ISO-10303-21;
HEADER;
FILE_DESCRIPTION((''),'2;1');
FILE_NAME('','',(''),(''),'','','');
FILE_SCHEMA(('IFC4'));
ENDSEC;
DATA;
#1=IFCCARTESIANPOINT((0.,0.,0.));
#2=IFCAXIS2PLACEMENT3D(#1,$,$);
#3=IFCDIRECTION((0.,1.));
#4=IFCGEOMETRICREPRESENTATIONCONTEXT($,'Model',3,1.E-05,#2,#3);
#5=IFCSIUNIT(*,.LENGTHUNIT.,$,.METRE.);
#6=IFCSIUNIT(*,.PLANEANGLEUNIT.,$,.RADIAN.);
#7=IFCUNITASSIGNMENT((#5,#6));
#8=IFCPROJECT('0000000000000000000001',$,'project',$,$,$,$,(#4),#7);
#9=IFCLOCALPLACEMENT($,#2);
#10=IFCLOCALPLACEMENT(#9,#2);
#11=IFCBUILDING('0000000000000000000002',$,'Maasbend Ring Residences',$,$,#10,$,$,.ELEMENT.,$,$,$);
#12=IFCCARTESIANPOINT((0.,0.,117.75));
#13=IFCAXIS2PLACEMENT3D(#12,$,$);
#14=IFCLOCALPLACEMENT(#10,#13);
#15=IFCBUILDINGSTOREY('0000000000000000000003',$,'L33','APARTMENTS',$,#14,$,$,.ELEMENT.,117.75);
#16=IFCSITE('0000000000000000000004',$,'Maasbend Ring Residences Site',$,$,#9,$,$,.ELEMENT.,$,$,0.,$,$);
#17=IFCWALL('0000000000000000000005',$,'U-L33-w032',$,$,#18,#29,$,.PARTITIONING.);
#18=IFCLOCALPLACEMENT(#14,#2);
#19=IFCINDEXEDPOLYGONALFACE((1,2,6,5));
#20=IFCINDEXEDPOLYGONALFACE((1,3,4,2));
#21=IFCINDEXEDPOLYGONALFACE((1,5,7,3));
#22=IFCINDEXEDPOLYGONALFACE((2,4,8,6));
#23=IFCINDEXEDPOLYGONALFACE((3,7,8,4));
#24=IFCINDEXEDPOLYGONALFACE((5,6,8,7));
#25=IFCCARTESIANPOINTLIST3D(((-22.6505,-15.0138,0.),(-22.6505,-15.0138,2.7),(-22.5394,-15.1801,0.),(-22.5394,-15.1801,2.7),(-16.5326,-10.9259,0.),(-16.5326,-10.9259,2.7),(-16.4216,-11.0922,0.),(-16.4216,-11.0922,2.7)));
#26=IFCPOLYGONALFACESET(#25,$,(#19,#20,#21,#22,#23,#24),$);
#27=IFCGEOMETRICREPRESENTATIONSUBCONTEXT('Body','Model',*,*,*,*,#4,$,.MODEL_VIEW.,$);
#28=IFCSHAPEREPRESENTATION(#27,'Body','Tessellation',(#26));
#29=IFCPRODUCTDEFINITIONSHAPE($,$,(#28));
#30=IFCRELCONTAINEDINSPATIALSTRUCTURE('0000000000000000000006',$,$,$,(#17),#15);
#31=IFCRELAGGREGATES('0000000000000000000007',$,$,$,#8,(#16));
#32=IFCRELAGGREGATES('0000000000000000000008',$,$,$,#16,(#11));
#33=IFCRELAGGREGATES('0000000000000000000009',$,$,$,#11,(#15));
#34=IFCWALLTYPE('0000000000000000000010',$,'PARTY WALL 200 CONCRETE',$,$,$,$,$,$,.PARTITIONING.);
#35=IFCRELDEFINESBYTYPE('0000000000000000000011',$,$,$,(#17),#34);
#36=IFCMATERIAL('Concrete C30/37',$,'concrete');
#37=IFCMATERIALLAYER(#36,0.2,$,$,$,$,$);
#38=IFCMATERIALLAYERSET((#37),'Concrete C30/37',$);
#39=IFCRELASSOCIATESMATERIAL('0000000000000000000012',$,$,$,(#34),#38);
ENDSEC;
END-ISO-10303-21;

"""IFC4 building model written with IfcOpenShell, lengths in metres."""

from ifc_helpers import new_model, si_unit, direction, frame, frame_2d, origin, place, context, subcontext, project, spatial, rectangle, extrude, material, layer, layer_set, type_object, element, save


model = new_model("IFC4")

# Units and contexts
model_context = context("Model", 3, precision=1e-05, world=origin(), true_north=direction((0.0, 1.0)))
body_context = subcontext(model_context, "Body", "Model", "MODEL_VIEW")
ifc_project = project(units=[si_unit("LENGTHUNIT", "METRE"), si_unit("PLANEANGLEUNIT", "RADIAN")], contexts=[model_context])

# Site, building, storey
site_placement = place(None, origin())
site = spatial("IfcSite", under=ifc_project, at=site_placement, Name="Maasbend Ring Residences Site", CompositionType="ELEMENT", RefElevation=0.0)
building_placement = place(site_placement, origin())
building = spatial("IfcBuilding", under=site, at=building_placement, Name="Maasbend Ring Residences", CompositionType="ELEMENT")
storey_placement = place(building_placement, frame((0.0, 0.0, 117.75)))
storey = spatial("IfcBuildingStorey", under=building, at=storey_placement, Name="L33", Description="APARTMENTS", CompositionType="ELEMENT", Elevation=117.75)

# Wall
ifc_material_1 = material(Name="Concrete C30/37", Category="concrete")
ifc_layer_1 = layer(ifc_material_1, 0.2)
ifc_layer_set_1 = layer_set([ifc_layer_1], Name="Concrete C30/37")
wall_type_1 = type_object("IfcWallType", Name="PARTY WALL 200 CONCRETE", PredefinedType="PARTITIONING", material=ifc_layer_set_1)
wall_1_placement = place(storey_placement, frame((-22.595, -15.0969, 0.0), z_axis=(0.0, 0.0, 1.0), x_axis=(0.831468, 0.555573, 0.0)))
element("IfcWall", 1, at=wall_1_placement, inside=storey, type_object=wall_type_1, Name="U-L33-w032", PredefinedType="PARTITIONING", context=body_context, shape_type="SweptSolid", body=[
    extrude(rectangle(XDim=7.3579, YDim=0.2, at=frame_2d((3.679, 0.0))), origin(), (0.0, 0.0, 1.0), 2.7),
])

save(model, "model.ifc")
